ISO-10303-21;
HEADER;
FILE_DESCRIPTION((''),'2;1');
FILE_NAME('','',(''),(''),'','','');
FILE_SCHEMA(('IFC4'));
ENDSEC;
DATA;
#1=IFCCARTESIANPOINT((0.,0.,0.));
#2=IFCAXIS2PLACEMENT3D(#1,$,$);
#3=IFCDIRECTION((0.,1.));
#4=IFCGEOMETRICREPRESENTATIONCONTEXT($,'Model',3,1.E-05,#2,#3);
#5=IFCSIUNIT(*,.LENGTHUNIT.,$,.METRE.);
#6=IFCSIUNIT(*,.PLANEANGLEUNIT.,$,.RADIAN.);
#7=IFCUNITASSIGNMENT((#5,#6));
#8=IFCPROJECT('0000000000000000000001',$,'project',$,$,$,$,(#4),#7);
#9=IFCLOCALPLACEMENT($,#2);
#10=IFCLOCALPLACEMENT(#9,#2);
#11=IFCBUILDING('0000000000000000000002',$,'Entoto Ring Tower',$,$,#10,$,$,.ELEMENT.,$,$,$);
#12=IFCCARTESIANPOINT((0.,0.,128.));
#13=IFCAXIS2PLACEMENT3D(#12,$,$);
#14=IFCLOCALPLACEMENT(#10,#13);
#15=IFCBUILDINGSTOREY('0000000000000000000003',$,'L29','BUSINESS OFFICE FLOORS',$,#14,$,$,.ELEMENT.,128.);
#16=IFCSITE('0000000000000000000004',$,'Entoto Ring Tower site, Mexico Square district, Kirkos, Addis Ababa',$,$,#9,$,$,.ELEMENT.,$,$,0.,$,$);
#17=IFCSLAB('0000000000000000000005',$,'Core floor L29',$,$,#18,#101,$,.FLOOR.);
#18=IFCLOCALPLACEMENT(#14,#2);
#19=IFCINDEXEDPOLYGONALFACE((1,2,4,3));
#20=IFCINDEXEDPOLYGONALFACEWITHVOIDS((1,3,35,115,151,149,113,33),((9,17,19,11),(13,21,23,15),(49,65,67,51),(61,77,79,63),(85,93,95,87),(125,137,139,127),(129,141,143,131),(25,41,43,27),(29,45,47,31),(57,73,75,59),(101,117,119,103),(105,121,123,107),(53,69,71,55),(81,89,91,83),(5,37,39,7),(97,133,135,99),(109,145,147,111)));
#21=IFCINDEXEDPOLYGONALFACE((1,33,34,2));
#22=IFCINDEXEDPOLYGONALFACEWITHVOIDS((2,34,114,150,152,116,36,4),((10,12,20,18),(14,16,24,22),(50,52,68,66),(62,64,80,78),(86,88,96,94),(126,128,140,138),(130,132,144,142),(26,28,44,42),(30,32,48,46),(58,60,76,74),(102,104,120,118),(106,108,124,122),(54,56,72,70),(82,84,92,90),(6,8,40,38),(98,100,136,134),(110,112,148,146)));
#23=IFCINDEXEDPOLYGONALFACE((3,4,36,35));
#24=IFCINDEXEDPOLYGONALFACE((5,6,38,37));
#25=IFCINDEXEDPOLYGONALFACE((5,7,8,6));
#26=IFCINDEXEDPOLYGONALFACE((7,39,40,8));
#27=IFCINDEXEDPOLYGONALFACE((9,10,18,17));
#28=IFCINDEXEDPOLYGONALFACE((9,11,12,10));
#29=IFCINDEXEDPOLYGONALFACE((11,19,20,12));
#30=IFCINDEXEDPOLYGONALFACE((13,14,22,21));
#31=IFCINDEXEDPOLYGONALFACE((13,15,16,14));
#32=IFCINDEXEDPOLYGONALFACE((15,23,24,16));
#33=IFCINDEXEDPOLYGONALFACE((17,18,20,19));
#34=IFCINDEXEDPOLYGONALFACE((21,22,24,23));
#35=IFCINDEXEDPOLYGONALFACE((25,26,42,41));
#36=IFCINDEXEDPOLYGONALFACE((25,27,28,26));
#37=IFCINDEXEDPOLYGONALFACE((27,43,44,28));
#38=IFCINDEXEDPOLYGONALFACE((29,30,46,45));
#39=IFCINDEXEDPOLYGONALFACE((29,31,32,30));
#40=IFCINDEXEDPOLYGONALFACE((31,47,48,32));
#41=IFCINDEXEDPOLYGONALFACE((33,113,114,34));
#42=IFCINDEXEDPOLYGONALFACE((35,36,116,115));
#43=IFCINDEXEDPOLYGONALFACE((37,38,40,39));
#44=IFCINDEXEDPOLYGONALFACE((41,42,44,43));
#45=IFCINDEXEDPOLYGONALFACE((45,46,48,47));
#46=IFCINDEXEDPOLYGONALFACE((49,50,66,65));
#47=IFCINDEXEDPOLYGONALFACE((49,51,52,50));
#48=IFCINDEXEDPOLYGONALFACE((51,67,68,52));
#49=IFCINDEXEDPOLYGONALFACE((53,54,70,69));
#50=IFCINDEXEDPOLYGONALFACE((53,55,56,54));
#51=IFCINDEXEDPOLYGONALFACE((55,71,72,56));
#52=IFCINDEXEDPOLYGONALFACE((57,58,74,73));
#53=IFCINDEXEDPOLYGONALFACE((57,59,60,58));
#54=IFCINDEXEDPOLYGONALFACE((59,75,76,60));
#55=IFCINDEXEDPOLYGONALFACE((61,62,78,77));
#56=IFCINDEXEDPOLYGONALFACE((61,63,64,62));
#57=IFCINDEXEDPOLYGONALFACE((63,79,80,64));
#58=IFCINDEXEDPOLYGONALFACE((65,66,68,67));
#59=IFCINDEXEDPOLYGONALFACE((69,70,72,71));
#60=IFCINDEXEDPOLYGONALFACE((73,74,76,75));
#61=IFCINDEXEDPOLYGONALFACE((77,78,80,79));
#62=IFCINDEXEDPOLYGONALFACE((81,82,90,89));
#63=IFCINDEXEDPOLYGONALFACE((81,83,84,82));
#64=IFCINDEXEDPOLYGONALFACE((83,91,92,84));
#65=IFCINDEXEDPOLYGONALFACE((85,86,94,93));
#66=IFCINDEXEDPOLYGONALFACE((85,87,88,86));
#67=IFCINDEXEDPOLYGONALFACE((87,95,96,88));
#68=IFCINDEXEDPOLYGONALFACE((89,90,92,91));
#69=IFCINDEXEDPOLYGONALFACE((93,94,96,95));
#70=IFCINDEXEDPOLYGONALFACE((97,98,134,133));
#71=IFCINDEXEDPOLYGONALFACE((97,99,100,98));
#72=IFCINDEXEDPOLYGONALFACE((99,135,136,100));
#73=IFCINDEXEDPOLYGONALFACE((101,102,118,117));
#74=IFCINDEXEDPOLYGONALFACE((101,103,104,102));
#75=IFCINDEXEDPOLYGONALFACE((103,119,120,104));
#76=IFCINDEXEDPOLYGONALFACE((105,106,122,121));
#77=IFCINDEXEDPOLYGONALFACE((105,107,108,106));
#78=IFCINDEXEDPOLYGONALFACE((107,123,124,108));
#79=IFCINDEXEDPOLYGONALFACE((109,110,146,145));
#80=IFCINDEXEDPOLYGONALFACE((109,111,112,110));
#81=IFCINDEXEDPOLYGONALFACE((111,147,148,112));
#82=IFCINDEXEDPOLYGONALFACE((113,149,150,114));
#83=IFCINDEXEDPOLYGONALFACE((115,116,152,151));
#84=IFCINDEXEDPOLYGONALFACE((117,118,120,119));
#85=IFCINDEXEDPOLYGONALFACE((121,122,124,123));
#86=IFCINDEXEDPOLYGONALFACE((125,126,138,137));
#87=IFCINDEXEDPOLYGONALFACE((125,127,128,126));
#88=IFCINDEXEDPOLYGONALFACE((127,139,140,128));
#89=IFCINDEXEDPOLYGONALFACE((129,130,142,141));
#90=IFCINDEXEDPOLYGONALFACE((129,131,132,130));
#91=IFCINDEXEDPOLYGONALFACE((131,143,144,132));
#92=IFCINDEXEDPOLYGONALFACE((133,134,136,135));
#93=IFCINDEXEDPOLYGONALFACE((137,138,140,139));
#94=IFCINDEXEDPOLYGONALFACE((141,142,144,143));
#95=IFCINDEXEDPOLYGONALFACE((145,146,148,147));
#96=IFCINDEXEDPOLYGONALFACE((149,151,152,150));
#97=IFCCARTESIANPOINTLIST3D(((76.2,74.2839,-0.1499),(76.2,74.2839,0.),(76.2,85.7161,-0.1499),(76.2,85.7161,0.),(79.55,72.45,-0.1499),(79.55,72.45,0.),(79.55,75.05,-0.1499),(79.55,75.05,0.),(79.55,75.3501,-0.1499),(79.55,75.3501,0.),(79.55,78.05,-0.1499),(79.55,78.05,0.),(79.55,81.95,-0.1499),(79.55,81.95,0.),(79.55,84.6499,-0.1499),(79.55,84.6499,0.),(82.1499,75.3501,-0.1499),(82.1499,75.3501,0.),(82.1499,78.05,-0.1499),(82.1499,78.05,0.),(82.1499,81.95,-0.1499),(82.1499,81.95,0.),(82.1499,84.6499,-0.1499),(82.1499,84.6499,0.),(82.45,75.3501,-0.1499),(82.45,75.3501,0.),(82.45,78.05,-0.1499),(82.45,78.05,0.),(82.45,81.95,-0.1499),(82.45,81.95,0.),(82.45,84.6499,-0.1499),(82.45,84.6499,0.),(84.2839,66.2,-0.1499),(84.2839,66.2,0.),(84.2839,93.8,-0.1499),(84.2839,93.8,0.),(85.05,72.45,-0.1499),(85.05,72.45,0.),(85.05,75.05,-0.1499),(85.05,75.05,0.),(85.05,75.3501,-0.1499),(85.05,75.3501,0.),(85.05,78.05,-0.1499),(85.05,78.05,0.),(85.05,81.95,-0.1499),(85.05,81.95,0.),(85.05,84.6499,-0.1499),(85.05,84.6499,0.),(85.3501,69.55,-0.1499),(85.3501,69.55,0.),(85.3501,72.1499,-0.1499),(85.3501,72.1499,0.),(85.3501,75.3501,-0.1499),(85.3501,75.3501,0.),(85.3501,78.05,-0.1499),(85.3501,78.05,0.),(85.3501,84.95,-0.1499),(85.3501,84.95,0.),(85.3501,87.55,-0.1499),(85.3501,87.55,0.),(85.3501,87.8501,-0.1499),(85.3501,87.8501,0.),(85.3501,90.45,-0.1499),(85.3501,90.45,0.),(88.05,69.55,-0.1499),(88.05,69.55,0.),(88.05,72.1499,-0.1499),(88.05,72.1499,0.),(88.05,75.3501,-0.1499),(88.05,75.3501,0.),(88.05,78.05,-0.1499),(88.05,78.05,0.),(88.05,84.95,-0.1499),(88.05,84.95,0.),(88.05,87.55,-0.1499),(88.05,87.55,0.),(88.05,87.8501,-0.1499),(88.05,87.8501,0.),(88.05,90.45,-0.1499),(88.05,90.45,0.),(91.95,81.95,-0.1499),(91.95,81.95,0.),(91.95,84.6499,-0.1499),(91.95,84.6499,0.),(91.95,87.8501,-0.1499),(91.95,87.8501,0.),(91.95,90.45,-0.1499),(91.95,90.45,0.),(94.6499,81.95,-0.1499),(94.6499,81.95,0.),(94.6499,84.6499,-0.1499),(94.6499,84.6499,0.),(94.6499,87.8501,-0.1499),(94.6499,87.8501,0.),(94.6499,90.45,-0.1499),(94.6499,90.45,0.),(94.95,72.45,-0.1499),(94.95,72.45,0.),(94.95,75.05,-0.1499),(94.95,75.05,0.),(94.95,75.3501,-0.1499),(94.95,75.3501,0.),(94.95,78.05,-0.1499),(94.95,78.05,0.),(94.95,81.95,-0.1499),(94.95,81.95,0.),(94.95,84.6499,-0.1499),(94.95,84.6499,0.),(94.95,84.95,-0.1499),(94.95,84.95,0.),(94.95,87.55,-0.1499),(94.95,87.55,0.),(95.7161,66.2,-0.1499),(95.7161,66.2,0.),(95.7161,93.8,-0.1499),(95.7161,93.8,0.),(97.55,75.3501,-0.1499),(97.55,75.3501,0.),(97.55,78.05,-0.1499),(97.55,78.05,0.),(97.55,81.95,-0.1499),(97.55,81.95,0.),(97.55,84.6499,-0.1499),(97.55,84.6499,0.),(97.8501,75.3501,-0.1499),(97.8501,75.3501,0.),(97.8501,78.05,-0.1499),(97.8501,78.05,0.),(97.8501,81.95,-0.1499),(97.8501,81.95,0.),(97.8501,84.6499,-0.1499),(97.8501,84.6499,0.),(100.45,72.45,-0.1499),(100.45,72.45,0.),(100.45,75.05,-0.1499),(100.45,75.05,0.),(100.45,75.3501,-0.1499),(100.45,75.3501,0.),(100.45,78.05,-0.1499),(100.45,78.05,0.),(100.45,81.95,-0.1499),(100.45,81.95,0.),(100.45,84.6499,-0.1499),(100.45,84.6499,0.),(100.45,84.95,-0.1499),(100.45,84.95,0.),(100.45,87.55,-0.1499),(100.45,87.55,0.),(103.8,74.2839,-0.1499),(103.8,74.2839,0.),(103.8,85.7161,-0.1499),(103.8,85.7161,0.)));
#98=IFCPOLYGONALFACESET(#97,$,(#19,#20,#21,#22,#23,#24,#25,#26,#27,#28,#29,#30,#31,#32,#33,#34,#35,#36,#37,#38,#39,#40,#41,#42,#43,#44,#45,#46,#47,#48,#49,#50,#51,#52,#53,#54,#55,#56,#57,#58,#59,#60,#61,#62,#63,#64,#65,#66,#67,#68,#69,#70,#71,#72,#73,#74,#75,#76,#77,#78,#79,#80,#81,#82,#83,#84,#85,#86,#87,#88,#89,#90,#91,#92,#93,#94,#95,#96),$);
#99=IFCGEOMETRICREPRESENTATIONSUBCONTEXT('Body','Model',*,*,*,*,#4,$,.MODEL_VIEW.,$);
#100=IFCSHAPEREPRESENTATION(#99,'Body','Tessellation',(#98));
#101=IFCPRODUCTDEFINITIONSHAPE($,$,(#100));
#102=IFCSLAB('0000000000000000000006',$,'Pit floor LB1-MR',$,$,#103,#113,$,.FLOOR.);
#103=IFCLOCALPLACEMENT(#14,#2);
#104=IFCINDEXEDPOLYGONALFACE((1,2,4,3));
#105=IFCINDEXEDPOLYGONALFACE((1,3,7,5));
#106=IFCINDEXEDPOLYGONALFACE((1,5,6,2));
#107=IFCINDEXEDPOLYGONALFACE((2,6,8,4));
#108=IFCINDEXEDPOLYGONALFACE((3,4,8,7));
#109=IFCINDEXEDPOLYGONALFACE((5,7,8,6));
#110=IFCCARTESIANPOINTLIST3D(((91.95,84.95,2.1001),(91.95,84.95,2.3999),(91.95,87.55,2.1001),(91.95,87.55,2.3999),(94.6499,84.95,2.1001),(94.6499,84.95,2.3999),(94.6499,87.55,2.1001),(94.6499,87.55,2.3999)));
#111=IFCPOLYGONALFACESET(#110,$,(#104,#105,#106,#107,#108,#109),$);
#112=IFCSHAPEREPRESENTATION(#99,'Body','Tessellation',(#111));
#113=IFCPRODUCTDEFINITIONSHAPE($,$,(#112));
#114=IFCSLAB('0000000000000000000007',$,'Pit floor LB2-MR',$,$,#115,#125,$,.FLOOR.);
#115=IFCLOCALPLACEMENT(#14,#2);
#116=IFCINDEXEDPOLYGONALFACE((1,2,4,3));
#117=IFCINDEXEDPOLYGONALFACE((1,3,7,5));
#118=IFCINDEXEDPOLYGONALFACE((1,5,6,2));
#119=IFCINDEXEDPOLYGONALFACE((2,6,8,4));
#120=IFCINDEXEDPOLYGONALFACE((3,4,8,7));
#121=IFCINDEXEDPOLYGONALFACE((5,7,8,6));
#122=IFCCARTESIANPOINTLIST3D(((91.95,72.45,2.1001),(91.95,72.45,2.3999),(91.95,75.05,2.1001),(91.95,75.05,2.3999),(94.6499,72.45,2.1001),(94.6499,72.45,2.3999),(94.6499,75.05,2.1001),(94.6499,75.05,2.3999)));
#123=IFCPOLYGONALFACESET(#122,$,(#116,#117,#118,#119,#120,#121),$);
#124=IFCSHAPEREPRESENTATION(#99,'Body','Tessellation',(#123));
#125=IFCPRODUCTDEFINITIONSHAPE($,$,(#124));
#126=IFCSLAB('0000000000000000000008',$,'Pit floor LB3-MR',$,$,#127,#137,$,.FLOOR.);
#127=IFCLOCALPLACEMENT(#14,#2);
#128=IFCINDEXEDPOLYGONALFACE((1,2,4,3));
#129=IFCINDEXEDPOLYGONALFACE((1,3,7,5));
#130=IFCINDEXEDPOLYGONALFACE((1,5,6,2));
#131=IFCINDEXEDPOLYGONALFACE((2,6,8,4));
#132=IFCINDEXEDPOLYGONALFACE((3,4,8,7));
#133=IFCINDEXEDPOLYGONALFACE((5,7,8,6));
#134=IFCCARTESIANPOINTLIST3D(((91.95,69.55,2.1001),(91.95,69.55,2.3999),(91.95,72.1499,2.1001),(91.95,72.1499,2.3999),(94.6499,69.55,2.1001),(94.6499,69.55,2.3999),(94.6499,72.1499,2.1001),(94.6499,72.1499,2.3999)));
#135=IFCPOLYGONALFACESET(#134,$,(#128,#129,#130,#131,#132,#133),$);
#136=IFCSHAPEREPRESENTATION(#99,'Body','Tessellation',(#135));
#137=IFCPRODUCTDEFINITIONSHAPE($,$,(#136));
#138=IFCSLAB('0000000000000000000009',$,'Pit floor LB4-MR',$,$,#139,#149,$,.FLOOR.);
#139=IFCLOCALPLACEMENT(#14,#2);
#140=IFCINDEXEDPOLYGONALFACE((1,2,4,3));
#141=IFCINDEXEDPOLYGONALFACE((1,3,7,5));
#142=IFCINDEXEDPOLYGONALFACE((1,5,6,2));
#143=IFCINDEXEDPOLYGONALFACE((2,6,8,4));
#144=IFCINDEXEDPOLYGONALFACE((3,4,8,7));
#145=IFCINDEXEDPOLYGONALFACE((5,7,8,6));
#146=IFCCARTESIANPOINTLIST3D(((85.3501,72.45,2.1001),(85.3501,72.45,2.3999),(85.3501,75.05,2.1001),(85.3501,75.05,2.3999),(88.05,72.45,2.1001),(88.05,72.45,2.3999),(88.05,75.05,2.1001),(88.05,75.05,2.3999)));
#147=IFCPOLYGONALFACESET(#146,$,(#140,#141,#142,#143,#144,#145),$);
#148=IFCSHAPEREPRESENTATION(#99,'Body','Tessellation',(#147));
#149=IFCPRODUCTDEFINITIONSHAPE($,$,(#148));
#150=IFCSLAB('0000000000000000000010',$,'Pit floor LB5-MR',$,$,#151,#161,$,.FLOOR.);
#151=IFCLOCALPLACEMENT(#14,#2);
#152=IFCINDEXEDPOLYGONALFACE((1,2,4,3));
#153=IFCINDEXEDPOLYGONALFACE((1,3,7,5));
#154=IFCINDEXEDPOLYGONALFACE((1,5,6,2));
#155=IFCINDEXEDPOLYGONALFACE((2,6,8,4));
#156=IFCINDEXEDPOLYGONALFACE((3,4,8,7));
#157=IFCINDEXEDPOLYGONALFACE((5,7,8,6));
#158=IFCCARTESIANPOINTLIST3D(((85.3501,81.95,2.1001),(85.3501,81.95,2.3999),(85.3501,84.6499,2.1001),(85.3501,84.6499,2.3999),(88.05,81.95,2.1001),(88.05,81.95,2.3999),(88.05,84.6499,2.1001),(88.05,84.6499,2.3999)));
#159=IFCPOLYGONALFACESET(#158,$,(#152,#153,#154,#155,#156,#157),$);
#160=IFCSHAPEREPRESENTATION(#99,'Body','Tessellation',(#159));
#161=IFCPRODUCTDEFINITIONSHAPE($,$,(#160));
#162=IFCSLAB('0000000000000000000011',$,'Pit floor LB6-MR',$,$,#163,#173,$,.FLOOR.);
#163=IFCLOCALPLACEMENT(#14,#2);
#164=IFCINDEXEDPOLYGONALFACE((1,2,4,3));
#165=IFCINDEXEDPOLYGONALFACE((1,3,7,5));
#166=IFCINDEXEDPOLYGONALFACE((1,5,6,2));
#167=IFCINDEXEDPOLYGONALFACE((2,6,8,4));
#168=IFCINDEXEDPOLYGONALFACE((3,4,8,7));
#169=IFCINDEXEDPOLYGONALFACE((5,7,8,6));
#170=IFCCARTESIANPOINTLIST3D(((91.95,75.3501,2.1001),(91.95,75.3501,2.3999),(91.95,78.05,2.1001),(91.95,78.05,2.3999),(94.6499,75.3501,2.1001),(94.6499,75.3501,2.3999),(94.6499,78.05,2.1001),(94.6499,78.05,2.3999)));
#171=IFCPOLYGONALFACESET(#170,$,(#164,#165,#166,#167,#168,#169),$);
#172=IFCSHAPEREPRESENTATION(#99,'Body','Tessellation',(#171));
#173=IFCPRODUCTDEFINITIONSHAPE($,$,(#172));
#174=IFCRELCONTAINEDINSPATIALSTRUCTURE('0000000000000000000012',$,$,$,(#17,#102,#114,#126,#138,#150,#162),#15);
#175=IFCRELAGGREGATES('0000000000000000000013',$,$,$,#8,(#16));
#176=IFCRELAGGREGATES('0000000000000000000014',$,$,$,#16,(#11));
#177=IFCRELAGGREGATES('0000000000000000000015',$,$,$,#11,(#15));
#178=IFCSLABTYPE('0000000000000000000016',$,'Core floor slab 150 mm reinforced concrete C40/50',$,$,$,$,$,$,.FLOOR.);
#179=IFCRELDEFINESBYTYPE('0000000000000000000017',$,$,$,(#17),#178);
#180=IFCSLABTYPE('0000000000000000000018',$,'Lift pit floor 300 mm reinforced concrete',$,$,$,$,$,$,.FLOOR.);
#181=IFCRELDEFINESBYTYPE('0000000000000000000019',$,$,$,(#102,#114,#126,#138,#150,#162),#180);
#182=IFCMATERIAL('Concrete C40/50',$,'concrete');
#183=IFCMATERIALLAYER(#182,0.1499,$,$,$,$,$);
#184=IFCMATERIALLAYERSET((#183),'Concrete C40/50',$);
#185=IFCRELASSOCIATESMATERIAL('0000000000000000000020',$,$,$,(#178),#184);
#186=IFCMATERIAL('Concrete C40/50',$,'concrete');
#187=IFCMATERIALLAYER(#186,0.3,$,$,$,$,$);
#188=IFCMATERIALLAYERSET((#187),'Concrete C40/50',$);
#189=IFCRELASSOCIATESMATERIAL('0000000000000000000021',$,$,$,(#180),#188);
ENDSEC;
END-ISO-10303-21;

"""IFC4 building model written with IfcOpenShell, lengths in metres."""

from ifc_helpers import new_model, si_unit, direction, frame, origin, place, context, subcontext, project, spatial, polyline, outline, extrude, material, layer, layer_set, type_object, element, save


model = new_model("IFC4")

# Units and contexts
model_context = context("Model", 3, precision=1e-05, world=origin(), true_north=direction((0.0, 1.0)))
body_context = subcontext(model_context, "Body", "Model", "MODEL_VIEW")
ifc_project = project(units=[si_unit("LENGTHUNIT", "METRE"), si_unit("PLANEANGLEUNIT", "RADIAN")], contexts=[model_context])

# Site, building, storey
site_placement = place(None, origin())
site = spatial("IfcSite", under=ifc_project, at=site_placement, Name="Entoto Ring Tower site, Mexico Square district, Kirkos, Addis Ababa", CompositionType="ELEMENT", RefElevation=0.0)
building_placement = place(site_placement, origin())
building = spatial("IfcBuilding", under=site, at=building_placement, Name="Entoto Ring Tower", CompositionType="ELEMENT")
storey_placement = place(building_placement, frame((0.0, 0.0, 128.0)))
storey = spatial("IfcBuildingStorey", under=building, at=storey_placement, Name="L29", Description="BUSINESS OFFICE FLOORS", CompositionType="ELEMENT", Elevation=128.0)

# Slabs
ifc_material_1 = material(Name="Concrete C40/50", Category="concrete")
ifc_layer_1 = layer(ifc_material_1, 0.1499)
ifc_layer_set_1 = layer_set([ifc_layer_1], Name="Concrete C40/50")
slab_type_1 = type_object("IfcSlabType", Name="Core floor slab 150 mm reinforced concrete C40/50", PredefinedType="FLOOR", material=ifc_layer_set_1)
slab_1_placement = place(storey_placement, frame((0.0, 0.0, -0.1499)))
element("IfcSlab", 1, at=slab_1_placement, inside=storey, type_object=slab_type_1, Name="Core floor L29", PredefinedType="FLOOR", context=body_context, shape_type="SweptSolid", body=[
    extrude(outline(polyline([(103.8, 74.2839), (103.8, 85.7161), (95.7161, 93.8), (84.2839, 93.8), (76.2, 85.7161), (76.2, 74.2839), (84.2839, 66.2), (95.7161, 66.2), (103.8, 74.2839)]), holes=[polyline([(100.45, 84.95), (100.45, 87.55), (94.95, 87.55), (94.95, 84.95), (100.45, 84.95)]), polyline([(85.05, 72.45), (85.05, 75.05), (79.55, 75.05), (79.55, 72.45), (85.05, 72.45)]), polyline([(100.45, 72.45), (100.45, 75.05), (94.95, 75.05), (94.95, 72.45), (100.45, 72.45)]), polyline([(94.95, 81.95), (97.55, 81.95), (97.55, 84.6499), (94.95, 84.6499), (94.95, 81.95)]), polyline([(97.8501, 81.95), (100.45, 81.95), (100.45, 84.6499), (97.8501, 84.6499), (97.8501, 81.95)]), polyline([(82.45, 81.95), (85.05, 81.95), (85.05, 84.6499), (82.45, 84.6499), (82.45, 81.95)]), polyline([(94.95, 75.3501), (97.55, 75.3501), (97.55, 78.05), (94.95, 78.05), (94.95, 75.3501)]), polyline([(97.8501, 75.3501), (100.45, 75.3501), (100.45, 78.05), (97.8501, 78.05), (97.8501, 75.3501)]), polyline([(82.45, 75.3501), (85.05, 75.3501), (85.05, 78.05), (82.45, 78.05), (82.45, 75.3501)]), polyline([(79.55, 81.95), (82.1499, 81.95), (82.1499, 84.6499), (79.55, 84.6499), (79.55, 81.95)]), polyline([(79.55, 75.3501), (82.1499, 75.3501), (82.1499, 78.05), (79.55, 78.05), (79.55, 75.3501)]), polyline([(91.95, 87.8501), (94.6499, 87.8501), (94.6499, 90.45), (91.95, 90.45), (91.95, 87.8501)]), polyline([(85.3501, 69.55), (88.05, 69.55), (88.05, 72.1499), (85.3501, 72.1499), (85.3501, 69.55)]), polyline([(91.95, 81.95), (94.6499, 81.95), (94.6499, 84.6499), (91.95, 84.6499), (91.95, 81.95)]), polyline([(85.3501, 75.3501), (88.05, 75.3501), (88.05, 78.05), (85.3501, 78.05), (85.3501, 75.3501)]), polyline([(85.3501, 84.95), (88.05, 84.95), (88.05, 87.55), (85.3501, 87.55), (85.3501, 84.95)]), polyline([(85.3501, 87.8501), (88.05, 87.8501), (88.05, 90.45), (85.3501, 90.45), (85.3501, 87.8501)])]), origin(), (0.0, 0.0, 1.0), 0.1499),
])
ifc_material_2 = material(Name="Concrete C40/50", Category="concrete")
ifc_layer_2 = layer(ifc_material_2, 0.3)
ifc_layer_set_2 = layer_set([ifc_layer_2], Name="Concrete C40/50")
slab_type_2 = type_object("IfcSlabType", Name="Lift pit floor 300 mm reinforced concrete", PredefinedType="FLOOR", material=ifc_layer_set_2)
slab_2_placement = place(storey_placement, frame((0.0, 0.0, 2.1001)))
element("IfcSlab", 2, at=slab_2_placement, inside=storey, type_object=slab_type_2, Name="Pit floor LB1-MR", PredefinedType="FLOOR", context=body_context, shape_type="SweptSolid", body=[
    extrude(outline(polyline([(94.6499, 84.95), (94.6499, 87.55), (91.95, 87.55), (91.95, 84.95), (94.6499, 84.95)])), origin(), (0.0, 0.0, 1.0), 0.2998),
])
slab_3_placement = place(storey_placement, frame((0.0, 0.0, 2.1001)))
element("IfcSlab", 3, at=slab_3_placement, inside=storey, type_object=slab_type_2, Name="Pit floor LB2-MR", PredefinedType="FLOOR", context=body_context, shape_type="SweptSolid", body=[
    extrude(outline(polyline([(94.6499, 72.45), (94.6499, 75.05), (91.95, 75.05), (91.95, 72.45), (94.6499, 72.45)])), origin(), (0.0, 0.0, 1.0), 0.2998),
])
slab_4_placement = place(storey_placement, frame((0.0, 0.0, 2.1001)))
element("IfcSlab", 4, at=slab_4_placement, inside=storey, type_object=slab_type_2, Name="Pit floor LB3-MR", PredefinedType="FLOOR", context=body_context, shape_type="SweptSolid", body=[
    extrude(outline(polyline([(94.6499, 69.55), (94.6499, 72.1499), (91.95, 72.1499), (91.95, 69.55), (94.6499, 69.55)])), origin(), (0.0, 0.0, 1.0), 0.2998),
])
slab_5_placement = place(storey_placement, frame((0.0, 0.0, 2.1001)))
element("IfcSlab", 5, at=slab_5_placement, inside=storey, type_object=slab_type_2, Name="Pit floor LB4-MR", PredefinedType="FLOOR", context=body_context, shape_type="SweptSolid", body=[
    extrude(outline(polyline([(88.05, 72.45), (88.05, 75.05), (85.3501, 75.05), (85.3501, 72.45), (88.05, 72.45)])), origin(), (0.0, 0.0, 1.0), 0.2998),
])
slab_6_placement = place(storey_placement, frame((0.0, 0.0, 2.1001)))
element("IfcSlab", 6, at=slab_6_placement, inside=storey, type_object=slab_type_2, Name="Pit floor LB5-MR", PredefinedType="FLOOR", context=body_context, shape_type="SweptSolid", body=[
    extrude(outline(polyline([(88.05, 81.95), (88.05, 84.6499), (85.3501, 84.6499), (85.3501, 81.95), (88.05, 81.95)])), origin(), (0.0, 0.0, 1.0), 0.2998),
])
slab_7_placement = place(storey_placement, frame((0.0, 0.0, 2.1001)))
element("IfcSlab", 7, at=slab_7_placement, inside=storey, type_object=slab_type_2, Name="Pit floor LB6-MR", PredefinedType="FLOOR", context=body_context, shape_type="SweptSolid", body=[
    extrude(outline(polyline([(94.6499, 75.3501), (94.6499, 78.05), (91.95, 78.05), (91.95, 75.3501), (94.6499, 75.3501)])), origin(), (0.0, 0.0, 1.0), 0.2998),
])

save(model, "model.ifc")
